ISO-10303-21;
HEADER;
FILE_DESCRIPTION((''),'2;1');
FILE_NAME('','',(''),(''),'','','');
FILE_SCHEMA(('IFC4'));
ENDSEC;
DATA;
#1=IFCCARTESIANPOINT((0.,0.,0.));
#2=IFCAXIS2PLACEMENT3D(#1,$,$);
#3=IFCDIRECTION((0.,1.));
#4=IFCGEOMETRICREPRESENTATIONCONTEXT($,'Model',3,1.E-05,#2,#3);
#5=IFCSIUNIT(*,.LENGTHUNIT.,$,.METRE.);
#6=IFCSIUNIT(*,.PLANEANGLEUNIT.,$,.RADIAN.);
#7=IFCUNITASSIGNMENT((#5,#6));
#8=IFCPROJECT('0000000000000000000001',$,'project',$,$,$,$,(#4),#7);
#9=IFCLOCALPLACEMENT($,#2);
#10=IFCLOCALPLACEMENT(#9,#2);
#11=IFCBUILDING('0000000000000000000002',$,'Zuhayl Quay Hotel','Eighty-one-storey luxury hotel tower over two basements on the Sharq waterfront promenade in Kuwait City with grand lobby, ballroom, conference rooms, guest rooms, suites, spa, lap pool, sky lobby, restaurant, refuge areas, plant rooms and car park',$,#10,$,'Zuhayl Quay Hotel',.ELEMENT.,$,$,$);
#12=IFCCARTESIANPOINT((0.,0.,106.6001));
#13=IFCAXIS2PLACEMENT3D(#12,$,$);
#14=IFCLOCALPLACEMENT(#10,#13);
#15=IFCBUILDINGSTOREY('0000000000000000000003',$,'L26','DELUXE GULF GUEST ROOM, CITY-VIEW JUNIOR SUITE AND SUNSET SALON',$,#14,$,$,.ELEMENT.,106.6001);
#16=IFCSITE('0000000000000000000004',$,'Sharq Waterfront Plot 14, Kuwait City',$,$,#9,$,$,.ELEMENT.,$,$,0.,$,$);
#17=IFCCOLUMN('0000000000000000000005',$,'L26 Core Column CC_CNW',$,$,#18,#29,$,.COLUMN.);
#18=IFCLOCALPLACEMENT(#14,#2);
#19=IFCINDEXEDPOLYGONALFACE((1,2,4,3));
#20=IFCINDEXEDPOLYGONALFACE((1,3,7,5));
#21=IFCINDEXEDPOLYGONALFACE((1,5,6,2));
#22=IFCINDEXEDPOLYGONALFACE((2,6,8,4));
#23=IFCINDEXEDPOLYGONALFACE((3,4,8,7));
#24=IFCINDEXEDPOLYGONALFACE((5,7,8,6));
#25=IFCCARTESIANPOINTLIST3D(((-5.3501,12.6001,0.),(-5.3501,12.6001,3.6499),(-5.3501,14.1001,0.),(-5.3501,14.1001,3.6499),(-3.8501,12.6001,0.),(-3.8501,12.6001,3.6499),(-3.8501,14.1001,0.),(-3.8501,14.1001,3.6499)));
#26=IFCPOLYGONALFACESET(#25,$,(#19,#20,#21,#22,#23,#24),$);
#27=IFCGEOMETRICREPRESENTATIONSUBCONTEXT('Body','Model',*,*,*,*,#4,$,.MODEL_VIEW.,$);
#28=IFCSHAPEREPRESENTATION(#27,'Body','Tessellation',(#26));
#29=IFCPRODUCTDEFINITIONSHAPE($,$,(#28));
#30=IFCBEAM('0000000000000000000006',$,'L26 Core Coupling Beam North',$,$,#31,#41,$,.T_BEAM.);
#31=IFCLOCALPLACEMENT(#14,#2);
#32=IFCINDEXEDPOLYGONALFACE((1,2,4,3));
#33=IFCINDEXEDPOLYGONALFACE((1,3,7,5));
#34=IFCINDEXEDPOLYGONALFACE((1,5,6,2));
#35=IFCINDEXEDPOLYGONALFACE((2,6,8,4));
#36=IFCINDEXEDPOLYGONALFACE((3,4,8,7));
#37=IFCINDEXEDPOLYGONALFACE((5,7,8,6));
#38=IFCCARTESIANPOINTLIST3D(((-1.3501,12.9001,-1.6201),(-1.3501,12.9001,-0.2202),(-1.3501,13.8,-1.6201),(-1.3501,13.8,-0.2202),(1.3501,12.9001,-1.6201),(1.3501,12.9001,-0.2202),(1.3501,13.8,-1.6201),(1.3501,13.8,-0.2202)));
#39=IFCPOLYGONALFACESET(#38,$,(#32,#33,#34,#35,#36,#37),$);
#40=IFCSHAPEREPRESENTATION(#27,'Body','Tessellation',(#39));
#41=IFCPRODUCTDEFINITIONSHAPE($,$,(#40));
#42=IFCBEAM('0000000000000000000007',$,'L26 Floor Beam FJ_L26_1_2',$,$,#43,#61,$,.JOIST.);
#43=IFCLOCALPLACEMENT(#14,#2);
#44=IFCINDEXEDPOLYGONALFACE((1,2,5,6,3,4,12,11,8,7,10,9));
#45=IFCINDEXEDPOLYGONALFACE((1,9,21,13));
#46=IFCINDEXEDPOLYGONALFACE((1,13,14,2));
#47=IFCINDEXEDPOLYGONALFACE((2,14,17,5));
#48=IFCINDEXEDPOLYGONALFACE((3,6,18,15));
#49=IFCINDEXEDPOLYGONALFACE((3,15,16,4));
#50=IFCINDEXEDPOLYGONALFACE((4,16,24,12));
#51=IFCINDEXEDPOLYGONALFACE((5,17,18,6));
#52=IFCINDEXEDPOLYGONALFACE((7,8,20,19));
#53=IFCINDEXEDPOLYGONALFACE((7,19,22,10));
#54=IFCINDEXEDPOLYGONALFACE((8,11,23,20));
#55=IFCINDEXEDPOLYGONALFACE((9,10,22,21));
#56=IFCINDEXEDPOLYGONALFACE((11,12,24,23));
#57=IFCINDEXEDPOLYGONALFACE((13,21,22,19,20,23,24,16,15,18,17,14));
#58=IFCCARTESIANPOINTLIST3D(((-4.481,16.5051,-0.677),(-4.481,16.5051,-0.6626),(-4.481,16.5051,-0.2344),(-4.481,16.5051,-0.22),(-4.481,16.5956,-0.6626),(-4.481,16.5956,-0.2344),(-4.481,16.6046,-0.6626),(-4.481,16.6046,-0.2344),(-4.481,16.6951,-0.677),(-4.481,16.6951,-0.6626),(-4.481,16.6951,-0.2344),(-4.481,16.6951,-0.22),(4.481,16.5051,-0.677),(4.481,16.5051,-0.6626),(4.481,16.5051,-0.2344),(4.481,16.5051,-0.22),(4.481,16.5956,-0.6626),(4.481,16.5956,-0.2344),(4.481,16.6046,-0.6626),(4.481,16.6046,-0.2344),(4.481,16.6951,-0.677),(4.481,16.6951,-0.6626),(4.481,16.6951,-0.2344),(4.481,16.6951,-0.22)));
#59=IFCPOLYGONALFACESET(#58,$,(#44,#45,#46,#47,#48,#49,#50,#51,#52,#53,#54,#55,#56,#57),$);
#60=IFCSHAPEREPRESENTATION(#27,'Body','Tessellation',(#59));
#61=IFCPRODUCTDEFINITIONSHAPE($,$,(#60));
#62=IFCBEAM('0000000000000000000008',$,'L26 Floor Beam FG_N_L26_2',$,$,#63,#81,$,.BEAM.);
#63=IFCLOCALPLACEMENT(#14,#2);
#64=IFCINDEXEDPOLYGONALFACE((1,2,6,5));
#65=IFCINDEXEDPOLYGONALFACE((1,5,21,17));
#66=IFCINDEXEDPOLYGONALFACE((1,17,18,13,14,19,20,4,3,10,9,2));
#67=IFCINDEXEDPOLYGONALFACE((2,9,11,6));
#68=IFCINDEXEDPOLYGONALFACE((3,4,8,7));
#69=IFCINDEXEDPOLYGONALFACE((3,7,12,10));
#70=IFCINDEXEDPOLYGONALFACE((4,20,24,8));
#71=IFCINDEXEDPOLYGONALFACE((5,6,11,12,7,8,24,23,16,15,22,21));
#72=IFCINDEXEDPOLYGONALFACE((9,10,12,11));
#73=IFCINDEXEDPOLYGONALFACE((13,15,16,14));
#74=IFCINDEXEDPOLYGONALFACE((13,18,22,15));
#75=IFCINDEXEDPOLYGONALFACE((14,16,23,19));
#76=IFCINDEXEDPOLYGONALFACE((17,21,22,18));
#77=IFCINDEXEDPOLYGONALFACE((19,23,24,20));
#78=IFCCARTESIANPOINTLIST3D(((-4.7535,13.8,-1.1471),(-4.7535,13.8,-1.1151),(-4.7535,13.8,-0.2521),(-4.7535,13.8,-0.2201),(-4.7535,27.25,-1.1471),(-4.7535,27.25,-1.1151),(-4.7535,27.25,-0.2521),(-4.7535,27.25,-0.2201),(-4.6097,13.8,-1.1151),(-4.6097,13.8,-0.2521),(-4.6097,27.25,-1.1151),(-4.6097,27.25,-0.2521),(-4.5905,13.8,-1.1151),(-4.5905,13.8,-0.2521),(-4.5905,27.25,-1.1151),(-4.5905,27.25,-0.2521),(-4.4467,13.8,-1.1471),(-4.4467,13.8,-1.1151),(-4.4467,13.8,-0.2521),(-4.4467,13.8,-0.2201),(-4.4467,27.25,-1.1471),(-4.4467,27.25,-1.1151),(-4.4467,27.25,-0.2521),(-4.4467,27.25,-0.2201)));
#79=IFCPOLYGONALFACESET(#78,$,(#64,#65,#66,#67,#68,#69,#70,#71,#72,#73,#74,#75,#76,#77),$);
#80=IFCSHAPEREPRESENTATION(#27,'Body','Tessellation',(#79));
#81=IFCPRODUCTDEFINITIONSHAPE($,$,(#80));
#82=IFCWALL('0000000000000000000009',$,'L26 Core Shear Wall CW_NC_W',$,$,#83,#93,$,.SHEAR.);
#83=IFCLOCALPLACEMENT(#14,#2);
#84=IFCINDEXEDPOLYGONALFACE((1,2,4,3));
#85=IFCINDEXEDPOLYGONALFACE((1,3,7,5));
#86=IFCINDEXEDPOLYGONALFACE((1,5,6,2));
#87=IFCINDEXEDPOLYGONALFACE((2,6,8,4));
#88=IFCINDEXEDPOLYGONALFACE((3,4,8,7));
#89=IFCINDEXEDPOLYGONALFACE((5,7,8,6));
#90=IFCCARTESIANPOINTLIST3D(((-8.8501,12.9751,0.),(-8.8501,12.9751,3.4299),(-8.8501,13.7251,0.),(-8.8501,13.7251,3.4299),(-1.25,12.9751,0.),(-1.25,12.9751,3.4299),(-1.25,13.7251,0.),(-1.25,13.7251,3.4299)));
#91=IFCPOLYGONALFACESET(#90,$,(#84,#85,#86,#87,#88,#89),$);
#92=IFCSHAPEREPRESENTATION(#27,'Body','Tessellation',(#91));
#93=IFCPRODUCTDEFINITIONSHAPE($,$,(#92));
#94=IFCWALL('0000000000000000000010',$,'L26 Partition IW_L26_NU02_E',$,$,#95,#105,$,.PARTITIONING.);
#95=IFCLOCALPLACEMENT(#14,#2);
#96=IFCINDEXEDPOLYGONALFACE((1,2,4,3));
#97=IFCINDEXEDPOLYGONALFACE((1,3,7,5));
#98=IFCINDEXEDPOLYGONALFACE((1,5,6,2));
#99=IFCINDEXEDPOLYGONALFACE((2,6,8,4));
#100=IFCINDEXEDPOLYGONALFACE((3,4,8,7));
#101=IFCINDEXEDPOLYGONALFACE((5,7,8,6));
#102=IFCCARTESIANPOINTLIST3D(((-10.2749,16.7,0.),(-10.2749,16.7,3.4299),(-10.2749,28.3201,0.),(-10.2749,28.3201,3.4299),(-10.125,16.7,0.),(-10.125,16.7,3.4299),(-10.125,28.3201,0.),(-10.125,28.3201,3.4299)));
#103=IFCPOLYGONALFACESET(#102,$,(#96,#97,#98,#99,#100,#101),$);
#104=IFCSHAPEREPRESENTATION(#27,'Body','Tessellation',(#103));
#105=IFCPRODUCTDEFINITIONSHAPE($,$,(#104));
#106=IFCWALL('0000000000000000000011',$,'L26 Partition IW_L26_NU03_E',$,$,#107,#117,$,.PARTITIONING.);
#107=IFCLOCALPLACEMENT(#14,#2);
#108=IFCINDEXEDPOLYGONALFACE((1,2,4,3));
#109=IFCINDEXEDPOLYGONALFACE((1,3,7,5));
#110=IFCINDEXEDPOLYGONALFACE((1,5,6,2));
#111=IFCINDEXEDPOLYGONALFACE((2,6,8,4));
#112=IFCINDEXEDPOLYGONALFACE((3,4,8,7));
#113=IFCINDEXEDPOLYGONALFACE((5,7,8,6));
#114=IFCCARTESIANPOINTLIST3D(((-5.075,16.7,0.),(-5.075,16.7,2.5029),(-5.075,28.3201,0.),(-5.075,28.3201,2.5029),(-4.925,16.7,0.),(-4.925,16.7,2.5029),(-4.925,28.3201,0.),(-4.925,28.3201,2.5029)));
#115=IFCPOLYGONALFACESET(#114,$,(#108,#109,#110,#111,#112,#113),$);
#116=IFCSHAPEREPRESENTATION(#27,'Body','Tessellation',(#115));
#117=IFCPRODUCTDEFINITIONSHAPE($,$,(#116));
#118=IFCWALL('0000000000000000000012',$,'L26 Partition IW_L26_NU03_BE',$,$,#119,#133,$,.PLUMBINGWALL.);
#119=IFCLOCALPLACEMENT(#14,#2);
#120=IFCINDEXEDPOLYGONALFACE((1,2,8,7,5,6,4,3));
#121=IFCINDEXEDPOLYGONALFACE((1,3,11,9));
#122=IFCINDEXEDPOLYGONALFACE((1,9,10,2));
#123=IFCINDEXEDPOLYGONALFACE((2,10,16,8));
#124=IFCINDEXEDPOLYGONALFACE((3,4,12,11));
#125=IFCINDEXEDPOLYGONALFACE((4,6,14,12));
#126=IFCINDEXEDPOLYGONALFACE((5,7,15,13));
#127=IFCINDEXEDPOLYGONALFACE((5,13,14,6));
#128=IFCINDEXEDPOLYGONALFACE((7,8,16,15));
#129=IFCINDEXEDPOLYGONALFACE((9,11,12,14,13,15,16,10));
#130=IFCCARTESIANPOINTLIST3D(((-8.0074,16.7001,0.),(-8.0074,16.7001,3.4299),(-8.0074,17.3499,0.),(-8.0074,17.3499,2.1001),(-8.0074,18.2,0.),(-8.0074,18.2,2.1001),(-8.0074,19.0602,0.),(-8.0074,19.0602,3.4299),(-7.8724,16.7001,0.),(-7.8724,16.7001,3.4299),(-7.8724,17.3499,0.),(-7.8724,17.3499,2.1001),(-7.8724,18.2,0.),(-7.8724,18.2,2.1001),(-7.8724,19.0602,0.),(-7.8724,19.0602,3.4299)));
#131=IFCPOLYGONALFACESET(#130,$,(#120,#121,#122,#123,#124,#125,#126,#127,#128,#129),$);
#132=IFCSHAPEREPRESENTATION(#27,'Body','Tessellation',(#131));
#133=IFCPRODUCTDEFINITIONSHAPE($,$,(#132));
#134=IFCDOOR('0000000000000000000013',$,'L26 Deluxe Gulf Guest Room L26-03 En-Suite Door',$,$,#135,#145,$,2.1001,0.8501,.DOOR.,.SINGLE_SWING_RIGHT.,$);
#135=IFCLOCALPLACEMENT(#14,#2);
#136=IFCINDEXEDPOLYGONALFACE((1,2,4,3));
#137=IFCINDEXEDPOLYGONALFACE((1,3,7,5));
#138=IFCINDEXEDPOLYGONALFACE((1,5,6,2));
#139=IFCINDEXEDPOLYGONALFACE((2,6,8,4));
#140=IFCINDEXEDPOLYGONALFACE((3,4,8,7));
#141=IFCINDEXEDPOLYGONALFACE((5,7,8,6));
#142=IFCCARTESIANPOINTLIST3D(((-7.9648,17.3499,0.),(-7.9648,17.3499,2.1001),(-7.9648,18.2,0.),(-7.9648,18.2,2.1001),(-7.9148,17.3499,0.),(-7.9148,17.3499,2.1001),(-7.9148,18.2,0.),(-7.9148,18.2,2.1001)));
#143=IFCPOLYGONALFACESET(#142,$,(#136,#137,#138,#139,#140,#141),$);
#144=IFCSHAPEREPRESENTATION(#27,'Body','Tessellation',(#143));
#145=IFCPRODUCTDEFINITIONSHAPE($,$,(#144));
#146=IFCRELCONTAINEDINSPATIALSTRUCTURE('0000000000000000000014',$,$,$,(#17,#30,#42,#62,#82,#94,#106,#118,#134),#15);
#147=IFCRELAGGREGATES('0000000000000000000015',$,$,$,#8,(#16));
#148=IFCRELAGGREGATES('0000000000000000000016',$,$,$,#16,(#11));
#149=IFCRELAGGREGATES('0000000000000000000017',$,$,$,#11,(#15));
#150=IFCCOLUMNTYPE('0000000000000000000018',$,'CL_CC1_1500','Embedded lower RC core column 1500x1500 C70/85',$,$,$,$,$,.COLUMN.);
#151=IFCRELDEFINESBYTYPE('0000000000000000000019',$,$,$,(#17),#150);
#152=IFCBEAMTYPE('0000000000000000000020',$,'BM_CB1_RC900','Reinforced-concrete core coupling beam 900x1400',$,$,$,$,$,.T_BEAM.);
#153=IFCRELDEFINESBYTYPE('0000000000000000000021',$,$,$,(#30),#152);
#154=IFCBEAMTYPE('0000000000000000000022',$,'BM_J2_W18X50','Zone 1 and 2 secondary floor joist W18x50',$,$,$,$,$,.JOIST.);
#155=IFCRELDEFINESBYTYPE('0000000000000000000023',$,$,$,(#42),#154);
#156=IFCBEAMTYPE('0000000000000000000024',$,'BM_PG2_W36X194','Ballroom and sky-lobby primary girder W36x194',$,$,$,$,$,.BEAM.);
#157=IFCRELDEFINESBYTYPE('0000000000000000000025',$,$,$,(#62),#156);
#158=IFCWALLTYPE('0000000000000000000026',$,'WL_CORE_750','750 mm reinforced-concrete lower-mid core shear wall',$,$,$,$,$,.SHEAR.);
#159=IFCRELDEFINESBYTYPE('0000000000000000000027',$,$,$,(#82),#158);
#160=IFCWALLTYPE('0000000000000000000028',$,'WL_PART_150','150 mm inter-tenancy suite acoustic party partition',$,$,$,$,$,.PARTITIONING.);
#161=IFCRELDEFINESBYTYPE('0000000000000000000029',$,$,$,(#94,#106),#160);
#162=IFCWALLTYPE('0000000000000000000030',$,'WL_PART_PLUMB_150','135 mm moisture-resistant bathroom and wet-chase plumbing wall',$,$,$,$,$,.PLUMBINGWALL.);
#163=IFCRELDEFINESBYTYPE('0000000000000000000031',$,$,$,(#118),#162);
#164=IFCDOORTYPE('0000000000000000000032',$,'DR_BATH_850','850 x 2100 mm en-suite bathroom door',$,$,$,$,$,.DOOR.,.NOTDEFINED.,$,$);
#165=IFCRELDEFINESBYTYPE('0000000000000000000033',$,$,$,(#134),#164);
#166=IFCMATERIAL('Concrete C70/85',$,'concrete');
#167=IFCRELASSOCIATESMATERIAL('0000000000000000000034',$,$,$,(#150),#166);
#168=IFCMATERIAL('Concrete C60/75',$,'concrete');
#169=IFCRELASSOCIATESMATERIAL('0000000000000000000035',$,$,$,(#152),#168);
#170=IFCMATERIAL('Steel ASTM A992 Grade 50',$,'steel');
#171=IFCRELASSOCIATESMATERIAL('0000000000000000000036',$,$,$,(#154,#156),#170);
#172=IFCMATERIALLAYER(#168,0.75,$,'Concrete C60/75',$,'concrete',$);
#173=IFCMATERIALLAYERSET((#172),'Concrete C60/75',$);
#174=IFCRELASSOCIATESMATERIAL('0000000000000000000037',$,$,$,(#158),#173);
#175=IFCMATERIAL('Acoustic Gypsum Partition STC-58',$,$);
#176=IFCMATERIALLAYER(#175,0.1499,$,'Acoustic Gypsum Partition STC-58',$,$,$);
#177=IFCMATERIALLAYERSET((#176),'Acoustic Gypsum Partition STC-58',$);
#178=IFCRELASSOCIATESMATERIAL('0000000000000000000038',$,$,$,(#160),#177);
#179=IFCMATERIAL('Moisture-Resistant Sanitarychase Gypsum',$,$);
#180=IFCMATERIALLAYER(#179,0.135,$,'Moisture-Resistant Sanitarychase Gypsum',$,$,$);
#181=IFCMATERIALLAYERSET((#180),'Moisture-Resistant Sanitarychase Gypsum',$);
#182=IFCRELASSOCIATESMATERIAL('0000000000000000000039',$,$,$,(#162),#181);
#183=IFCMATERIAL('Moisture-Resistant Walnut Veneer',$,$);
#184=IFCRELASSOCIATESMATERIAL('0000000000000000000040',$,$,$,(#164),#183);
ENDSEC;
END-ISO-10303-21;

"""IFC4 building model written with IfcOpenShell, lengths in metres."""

from ifc_helpers import new_model, si_unit, direction, frame, frame_2d, origin, origin_2d, place, context, subcontext, project, spatial, rectangle, i_section, extrude, material, layer, layer_set, material_profile, profile_set, type_object, element, fill, save


model = new_model("IFC4")

# Units and contexts
model_context = context("Model", 3, precision=1e-05, world=origin(), true_north=direction((0.0, 1.0)))
body_context = subcontext(model_context, "Body", "Model", "MODEL_VIEW")
ifc_project = project(units=[si_unit("LENGTHUNIT", "METRE"), si_unit("PLANEANGLEUNIT", "RADIAN")], contexts=[model_context])

# Site, building, storey
site_placement = place(None, origin())
site = spatial("IfcSite", under=ifc_project, at=site_placement, Name="Sharq Waterfront Plot 14, Kuwait City", CompositionType="ELEMENT", RefElevation=0.0)
building_placement = place(site_placement, origin())
building = spatial("IfcBuilding", under=site, at=building_placement, Name="Zuhayl Quay Hotel", Description="Eighty-one-storey luxury hotel tower over two basements on the Sharq waterfront promenade in Kuwait City with grand lobby, ballroom, conference rooms, guest rooms, suites, spa, lap pool, sky lobby, restaurant, refuge areas, plant rooms and car park", LongName="Zuhayl Quay Hotel", CompositionType="ELEMENT")
storey_placement = place(building_placement, frame((0.0, 0.0, 106.6001)))
storey = spatial("IfcBuildingStorey", under=building, at=storey_placement, Name="L26", Description="DELUXE GULF GUEST ROOM, CITY-VIEW JUNIOR SUITE AND SUNSET SALON", CompositionType="ELEMENT", Elevation=106.6001)

# Column
ifc_material_1 = material(Name="Concrete C70/85", Category="concrete")
ifc_material_profile_1 = material_profile(ifc_material_1, rectangle(XDim=1.5, YDim=1.5, at=origin_2d()), Name="RC1500X1500")
ifc_profile_set_1 = profile_set([ifc_material_profile_1], Name="Concrete C70/85")
column_type = type_object("IfcColumnType", Name="CL_CC1_1500", Description="Embedded lower RC core column 1500x1500 C70/85", PredefinedType="COLUMN", material=ifc_profile_set_1)
column_placement = place(storey_placement, frame((-4.6001, 13.3501, 0.0), z_axis=(0.0, 0.0, 1.0), x_axis=(1.0, 0.0, 0.0)))
element("IfcColumn", 1, at=column_placement, inside=storey, type_object=column_type, Name="L26 Core Column CC_CNW", PredefinedType="COLUMN", context=body_context, shape_type="SweptSolid", body=[
    extrude(rectangle(XDim=1.5, YDim=1.5, at=origin_2d()), origin(), (0.0, 0.0, 1.0), 3.6499),
])

# Beams
ifc_material_2 = material(Name="Concrete C60/75", Category="concrete")
ifc_material_profile_2 = material_profile(ifc_material_2, rectangle(XDim=0.8999, YDim=1.3999, at=origin_2d()), Name="RC900X1400")
ifc_profile_set_2 = profile_set([ifc_material_profile_2], Name="Concrete C60/75")
beam_type_1 = type_object("IfcBeamType", Name="BM_CB1_RC900", Description="Reinforced-concrete core coupling beam 900x1400", PredefinedType="T_BEAM", material=ifc_profile_set_2)
beam_1_placement = place(storey_placement, frame((-1.3501, 13.3501, -0.9202), z_axis=(1.0, 0.0, 0.0), x_axis=(0.0, 1.0, 0.0)))
element("IfcBeam", 2, at=beam_1_placement, inside=storey, type_object=beam_type_1, Name="L26 Core Coupling Beam North", PredefinedType="T_BEAM", context=body_context, shape_type="SweptSolid", body=[
    extrude(rectangle(XDim=0.8999, YDim=1.3999, at=origin_2d()), origin(), (0.0, 0.0, 1.0), 2.7002),
])
ifc_material_3 = material(Name="Steel ASTM A992 Grade 50", Category="steel")
ifc_material_profile_3 = material_profile(ifc_material_3, i_section(OverallWidth=0.1899, OverallDepth=0.457, WebThickness=0.009, FlangeThickness=0.0144, at=origin_2d()), Name="W18X50")
ifc_profile_set_3 = profile_set([ifc_material_profile_3], Name="Steel ASTM A992 Grade 50")
beam_type_2 = type_object("IfcBeamType", Name="BM_J2_W18X50", Description="Zone 1 and 2 secondary floor joist W18x50", PredefinedType="JOIST", material=ifc_profile_set_3)
beam_2_placement = place(storey_placement, frame((-4.481, 16.6001, -0.4485), z_axis=(1.0, 0.0, 0.0), x_axis=(0.0, 1.0, 0.0)))
element("IfcBeam", 3, at=beam_2_placement, inside=storey, type_object=beam_type_2, Name="L26 Floor Beam FJ_L26_1_2", PredefinedType="JOIST", context=body_context, shape_type="SweptSolid", body=[
    extrude(i_section(OverallWidth=0.1899, OverallDepth=0.457, WebThickness=0.009, FlangeThickness=0.0144, at=origin_2d()), origin(), (0.0, 0.0, 1.0), 8.9619),
])
ifc_material_profile_4 = material_profile(ifc_material_3, i_section(OverallWidth=0.3069, OverallDepth=0.927, WebThickness=0.0193, FlangeThickness=0.032, at=origin_2d()), Name="W36X194")
ifc_profile_set_4 = profile_set([ifc_material_profile_4], Name="Steel ASTM A992 Grade 50")
beam_type_3 = type_object("IfcBeamType", Name="BM_PG2_W36X194", Description="Ballroom and sky-lobby primary girder W36x194", PredefinedType="BEAM", material=ifc_profile_set_4)
beam_3_placement = place(storey_placement, frame((-4.6001, 13.8, -0.6836), z_axis=(0.0, 1.0, 0.0), x_axis=(-1.0, 0.0, 0.0)))
element("IfcBeam", 4, at=beam_3_placement, inside=storey, type_object=beam_type_3, Name="L26 Floor Beam FG_N_L26_2", PredefinedType="BEAM", context=body_context, shape_type="SweptSolid", body=[
    extrude(i_section(OverallWidth=0.3069, OverallDepth=0.927, WebThickness=0.0193, FlangeThickness=0.032, at=origin_2d()), origin(), (0.0, 0.0, 1.0), 13.45),
])

# Walls
ifc_layer_1 = layer(ifc_material_2, 0.75, Name="Concrete C60/75", Category="concrete")
ifc_layer_set_1 = layer_set([ifc_layer_1], Name="Concrete C60/75")
wall_type_1 = type_object("IfcWallType", Name="WL_CORE_750", Description="750 mm reinforced-concrete lower-mid core shear wall", PredefinedType="SHEAR", material=ifc_layer_set_1)
wall_1_placement = place(storey_placement, frame((-8.8501, 13.3501, 0.0), z_axis=(0.0, 0.0, 1.0), x_axis=(1.0, 0.0, 0.0)))
element("IfcWall", 5, at=wall_1_placement, inside=storey, type_object=wall_type_1, Name="L26 Core Shear Wall CW_NC_W", PredefinedType="SHEAR", context=body_context, shape_type="SweptSolid", body=[
    extrude(rectangle(XDim=7.6001, YDim=0.75, at=frame_2d((3.8, 0.0))), origin(), (0.0, 0.0, 1.0), 3.4299),
])
ifc_material_4 = material(Name="Acoustic Gypsum Partition STC-58")
ifc_layer_2 = layer(ifc_material_4, 0.1499, Name="Acoustic Gypsum Partition STC-58")
ifc_layer_set_2 = layer_set([ifc_layer_2], Name="Acoustic Gypsum Partition STC-58")
wall_type_2 = type_object("IfcWallType", Name="WL_PART_150", Description="150 mm inter-tenancy suite acoustic party partition", PredefinedType="PARTITIONING", material=ifc_layer_set_2)
wall_2_placement = place(storey_placement, frame((-10.2, 16.7, 0.0), z_axis=(0.0, 0.0, 1.0), x_axis=(0.0, 1.0, 0.0)))
element("IfcWall", 6, at=wall_2_placement, inside=storey, type_object=wall_type_2, Name="L26 Partition IW_L26_NU02_E", PredefinedType="PARTITIONING", context=body_context, shape_type="SweptSolid", body=[
    extrude(rectangle(XDim=11.6201, YDim=0.1499, at=frame_2d((5.8101, 0.0))), origin(), (0.0, 0.0, 1.0), 3.4299),
])
wall_3_placement = place(storey_placement, frame((-5.0, 16.7, 0.0), z_axis=(0.0, 0.0, 1.0), x_axis=(0.0, 1.0, 0.0)))
element("IfcWall", 7, at=wall_3_placement, inside=storey, type_object=wall_type_2, Name="L26 Partition IW_L26_NU03_E", PredefinedType="PARTITIONING", context=body_context, shape_type="SweptSolid", body=[
    extrude(rectangle(XDim=11.6201, YDim=0.1499, at=frame_2d((5.8101, 0.0))), origin(), (0.0, 0.0, 1.0), 2.5029),
])

# Wall, opening, door
ifc_material_5 = material(Name="Moisture-Resistant Sanitarychase Gypsum")
ifc_layer_3 = layer(ifc_material_5, 0.135, Name="Moisture-Resistant Sanitarychase Gypsum")
ifc_layer_set_3 = layer_set([ifc_layer_3], Name="Moisture-Resistant Sanitarychase Gypsum")
wall_type_3 = type_object("IfcWallType", Name="WL_PART_PLUMB_150", Description="135 mm moisture-resistant bathroom and wet-chase plumbing wall", PredefinedType="PLUMBINGWALL", material=ifc_layer_set_3)
wall_4_placement = place(storey_placement, frame((-7.9399, 16.7, 0.0), z_axis=(0.0, 0.0, 1.0), x_axis=(0.0, 1.0, 0.0)))
wall_4 = element("IfcWall", 8, at=wall_4_placement, inside=storey, type_object=wall_type_3, Name="L26 Partition IW_L26_NU03_BE", PredefinedType="PLUMBINGWALL", context=body_context, shape_type="SweptSolid", body=[
    extrude(rectangle(XDim=2.3601, YDim=0.135, at=frame_2d((1.1802, 0.0))), origin(), (0.0, 0.0, 1.0), 3.4299),
])
opening_1_placement = place(wall_4_placement, frame((0.6499, 0.0, 0.0)))
opening_1 = element("IfcOpeningElement", 9, at=opening_1_placement, cuts=wall_4, PredefinedType="OPENING", context=body_context, shape_type="SweptSolid", body=[
    extrude(rectangle(XDim=0.8501, YDim=2.1001, at=frame_2d((0.425, 1.05))), frame((0.0, 0.0774, 0.0), z_axis=(0.0, -1.0, 0.0), x_axis=(1.0, 0.0, 0.0)), (0.0, 0.0, 1.0), 0.155),
])
ifc_material_6 = material(Name="Moisture-Resistant Walnut Veneer")
door_type_1 = type_object("IfcDoorType", Name="DR_BATH_850", Description="850 x 2100 mm en-suite bathroom door", OperationType="NOTDEFINED", PredefinedType="DOOR", material=ifc_material_6)
door_1_placement = place(opening_1_placement, origin())
door_1 = element("IfcDoor", 10, at=door_1_placement, inside=storey, type_object=door_type_1, Name="L26 Deluxe Gulf Guest Room L26-03 En-Suite Door", OperationType="SINGLE_SWING_RIGHT", OverallHeight=2.1001, OverallWidth=0.8501, PredefinedType="DOOR", context=body_context, shape_type="SweptSolid", body=[
    extrude(rectangle(XDim=0.8501, YDim=2.1001, at=frame_2d((0.425, 1.05))), frame((0.0, 0.0249, 0.0), z_axis=(0.0, -1.0, 0.0), x_axis=(1.0, 0.0, 0.0)), (0.0, 0.0, 1.0), 0.05),
])
fill(opening_1, door_1)

save(model, "model.ifc")
